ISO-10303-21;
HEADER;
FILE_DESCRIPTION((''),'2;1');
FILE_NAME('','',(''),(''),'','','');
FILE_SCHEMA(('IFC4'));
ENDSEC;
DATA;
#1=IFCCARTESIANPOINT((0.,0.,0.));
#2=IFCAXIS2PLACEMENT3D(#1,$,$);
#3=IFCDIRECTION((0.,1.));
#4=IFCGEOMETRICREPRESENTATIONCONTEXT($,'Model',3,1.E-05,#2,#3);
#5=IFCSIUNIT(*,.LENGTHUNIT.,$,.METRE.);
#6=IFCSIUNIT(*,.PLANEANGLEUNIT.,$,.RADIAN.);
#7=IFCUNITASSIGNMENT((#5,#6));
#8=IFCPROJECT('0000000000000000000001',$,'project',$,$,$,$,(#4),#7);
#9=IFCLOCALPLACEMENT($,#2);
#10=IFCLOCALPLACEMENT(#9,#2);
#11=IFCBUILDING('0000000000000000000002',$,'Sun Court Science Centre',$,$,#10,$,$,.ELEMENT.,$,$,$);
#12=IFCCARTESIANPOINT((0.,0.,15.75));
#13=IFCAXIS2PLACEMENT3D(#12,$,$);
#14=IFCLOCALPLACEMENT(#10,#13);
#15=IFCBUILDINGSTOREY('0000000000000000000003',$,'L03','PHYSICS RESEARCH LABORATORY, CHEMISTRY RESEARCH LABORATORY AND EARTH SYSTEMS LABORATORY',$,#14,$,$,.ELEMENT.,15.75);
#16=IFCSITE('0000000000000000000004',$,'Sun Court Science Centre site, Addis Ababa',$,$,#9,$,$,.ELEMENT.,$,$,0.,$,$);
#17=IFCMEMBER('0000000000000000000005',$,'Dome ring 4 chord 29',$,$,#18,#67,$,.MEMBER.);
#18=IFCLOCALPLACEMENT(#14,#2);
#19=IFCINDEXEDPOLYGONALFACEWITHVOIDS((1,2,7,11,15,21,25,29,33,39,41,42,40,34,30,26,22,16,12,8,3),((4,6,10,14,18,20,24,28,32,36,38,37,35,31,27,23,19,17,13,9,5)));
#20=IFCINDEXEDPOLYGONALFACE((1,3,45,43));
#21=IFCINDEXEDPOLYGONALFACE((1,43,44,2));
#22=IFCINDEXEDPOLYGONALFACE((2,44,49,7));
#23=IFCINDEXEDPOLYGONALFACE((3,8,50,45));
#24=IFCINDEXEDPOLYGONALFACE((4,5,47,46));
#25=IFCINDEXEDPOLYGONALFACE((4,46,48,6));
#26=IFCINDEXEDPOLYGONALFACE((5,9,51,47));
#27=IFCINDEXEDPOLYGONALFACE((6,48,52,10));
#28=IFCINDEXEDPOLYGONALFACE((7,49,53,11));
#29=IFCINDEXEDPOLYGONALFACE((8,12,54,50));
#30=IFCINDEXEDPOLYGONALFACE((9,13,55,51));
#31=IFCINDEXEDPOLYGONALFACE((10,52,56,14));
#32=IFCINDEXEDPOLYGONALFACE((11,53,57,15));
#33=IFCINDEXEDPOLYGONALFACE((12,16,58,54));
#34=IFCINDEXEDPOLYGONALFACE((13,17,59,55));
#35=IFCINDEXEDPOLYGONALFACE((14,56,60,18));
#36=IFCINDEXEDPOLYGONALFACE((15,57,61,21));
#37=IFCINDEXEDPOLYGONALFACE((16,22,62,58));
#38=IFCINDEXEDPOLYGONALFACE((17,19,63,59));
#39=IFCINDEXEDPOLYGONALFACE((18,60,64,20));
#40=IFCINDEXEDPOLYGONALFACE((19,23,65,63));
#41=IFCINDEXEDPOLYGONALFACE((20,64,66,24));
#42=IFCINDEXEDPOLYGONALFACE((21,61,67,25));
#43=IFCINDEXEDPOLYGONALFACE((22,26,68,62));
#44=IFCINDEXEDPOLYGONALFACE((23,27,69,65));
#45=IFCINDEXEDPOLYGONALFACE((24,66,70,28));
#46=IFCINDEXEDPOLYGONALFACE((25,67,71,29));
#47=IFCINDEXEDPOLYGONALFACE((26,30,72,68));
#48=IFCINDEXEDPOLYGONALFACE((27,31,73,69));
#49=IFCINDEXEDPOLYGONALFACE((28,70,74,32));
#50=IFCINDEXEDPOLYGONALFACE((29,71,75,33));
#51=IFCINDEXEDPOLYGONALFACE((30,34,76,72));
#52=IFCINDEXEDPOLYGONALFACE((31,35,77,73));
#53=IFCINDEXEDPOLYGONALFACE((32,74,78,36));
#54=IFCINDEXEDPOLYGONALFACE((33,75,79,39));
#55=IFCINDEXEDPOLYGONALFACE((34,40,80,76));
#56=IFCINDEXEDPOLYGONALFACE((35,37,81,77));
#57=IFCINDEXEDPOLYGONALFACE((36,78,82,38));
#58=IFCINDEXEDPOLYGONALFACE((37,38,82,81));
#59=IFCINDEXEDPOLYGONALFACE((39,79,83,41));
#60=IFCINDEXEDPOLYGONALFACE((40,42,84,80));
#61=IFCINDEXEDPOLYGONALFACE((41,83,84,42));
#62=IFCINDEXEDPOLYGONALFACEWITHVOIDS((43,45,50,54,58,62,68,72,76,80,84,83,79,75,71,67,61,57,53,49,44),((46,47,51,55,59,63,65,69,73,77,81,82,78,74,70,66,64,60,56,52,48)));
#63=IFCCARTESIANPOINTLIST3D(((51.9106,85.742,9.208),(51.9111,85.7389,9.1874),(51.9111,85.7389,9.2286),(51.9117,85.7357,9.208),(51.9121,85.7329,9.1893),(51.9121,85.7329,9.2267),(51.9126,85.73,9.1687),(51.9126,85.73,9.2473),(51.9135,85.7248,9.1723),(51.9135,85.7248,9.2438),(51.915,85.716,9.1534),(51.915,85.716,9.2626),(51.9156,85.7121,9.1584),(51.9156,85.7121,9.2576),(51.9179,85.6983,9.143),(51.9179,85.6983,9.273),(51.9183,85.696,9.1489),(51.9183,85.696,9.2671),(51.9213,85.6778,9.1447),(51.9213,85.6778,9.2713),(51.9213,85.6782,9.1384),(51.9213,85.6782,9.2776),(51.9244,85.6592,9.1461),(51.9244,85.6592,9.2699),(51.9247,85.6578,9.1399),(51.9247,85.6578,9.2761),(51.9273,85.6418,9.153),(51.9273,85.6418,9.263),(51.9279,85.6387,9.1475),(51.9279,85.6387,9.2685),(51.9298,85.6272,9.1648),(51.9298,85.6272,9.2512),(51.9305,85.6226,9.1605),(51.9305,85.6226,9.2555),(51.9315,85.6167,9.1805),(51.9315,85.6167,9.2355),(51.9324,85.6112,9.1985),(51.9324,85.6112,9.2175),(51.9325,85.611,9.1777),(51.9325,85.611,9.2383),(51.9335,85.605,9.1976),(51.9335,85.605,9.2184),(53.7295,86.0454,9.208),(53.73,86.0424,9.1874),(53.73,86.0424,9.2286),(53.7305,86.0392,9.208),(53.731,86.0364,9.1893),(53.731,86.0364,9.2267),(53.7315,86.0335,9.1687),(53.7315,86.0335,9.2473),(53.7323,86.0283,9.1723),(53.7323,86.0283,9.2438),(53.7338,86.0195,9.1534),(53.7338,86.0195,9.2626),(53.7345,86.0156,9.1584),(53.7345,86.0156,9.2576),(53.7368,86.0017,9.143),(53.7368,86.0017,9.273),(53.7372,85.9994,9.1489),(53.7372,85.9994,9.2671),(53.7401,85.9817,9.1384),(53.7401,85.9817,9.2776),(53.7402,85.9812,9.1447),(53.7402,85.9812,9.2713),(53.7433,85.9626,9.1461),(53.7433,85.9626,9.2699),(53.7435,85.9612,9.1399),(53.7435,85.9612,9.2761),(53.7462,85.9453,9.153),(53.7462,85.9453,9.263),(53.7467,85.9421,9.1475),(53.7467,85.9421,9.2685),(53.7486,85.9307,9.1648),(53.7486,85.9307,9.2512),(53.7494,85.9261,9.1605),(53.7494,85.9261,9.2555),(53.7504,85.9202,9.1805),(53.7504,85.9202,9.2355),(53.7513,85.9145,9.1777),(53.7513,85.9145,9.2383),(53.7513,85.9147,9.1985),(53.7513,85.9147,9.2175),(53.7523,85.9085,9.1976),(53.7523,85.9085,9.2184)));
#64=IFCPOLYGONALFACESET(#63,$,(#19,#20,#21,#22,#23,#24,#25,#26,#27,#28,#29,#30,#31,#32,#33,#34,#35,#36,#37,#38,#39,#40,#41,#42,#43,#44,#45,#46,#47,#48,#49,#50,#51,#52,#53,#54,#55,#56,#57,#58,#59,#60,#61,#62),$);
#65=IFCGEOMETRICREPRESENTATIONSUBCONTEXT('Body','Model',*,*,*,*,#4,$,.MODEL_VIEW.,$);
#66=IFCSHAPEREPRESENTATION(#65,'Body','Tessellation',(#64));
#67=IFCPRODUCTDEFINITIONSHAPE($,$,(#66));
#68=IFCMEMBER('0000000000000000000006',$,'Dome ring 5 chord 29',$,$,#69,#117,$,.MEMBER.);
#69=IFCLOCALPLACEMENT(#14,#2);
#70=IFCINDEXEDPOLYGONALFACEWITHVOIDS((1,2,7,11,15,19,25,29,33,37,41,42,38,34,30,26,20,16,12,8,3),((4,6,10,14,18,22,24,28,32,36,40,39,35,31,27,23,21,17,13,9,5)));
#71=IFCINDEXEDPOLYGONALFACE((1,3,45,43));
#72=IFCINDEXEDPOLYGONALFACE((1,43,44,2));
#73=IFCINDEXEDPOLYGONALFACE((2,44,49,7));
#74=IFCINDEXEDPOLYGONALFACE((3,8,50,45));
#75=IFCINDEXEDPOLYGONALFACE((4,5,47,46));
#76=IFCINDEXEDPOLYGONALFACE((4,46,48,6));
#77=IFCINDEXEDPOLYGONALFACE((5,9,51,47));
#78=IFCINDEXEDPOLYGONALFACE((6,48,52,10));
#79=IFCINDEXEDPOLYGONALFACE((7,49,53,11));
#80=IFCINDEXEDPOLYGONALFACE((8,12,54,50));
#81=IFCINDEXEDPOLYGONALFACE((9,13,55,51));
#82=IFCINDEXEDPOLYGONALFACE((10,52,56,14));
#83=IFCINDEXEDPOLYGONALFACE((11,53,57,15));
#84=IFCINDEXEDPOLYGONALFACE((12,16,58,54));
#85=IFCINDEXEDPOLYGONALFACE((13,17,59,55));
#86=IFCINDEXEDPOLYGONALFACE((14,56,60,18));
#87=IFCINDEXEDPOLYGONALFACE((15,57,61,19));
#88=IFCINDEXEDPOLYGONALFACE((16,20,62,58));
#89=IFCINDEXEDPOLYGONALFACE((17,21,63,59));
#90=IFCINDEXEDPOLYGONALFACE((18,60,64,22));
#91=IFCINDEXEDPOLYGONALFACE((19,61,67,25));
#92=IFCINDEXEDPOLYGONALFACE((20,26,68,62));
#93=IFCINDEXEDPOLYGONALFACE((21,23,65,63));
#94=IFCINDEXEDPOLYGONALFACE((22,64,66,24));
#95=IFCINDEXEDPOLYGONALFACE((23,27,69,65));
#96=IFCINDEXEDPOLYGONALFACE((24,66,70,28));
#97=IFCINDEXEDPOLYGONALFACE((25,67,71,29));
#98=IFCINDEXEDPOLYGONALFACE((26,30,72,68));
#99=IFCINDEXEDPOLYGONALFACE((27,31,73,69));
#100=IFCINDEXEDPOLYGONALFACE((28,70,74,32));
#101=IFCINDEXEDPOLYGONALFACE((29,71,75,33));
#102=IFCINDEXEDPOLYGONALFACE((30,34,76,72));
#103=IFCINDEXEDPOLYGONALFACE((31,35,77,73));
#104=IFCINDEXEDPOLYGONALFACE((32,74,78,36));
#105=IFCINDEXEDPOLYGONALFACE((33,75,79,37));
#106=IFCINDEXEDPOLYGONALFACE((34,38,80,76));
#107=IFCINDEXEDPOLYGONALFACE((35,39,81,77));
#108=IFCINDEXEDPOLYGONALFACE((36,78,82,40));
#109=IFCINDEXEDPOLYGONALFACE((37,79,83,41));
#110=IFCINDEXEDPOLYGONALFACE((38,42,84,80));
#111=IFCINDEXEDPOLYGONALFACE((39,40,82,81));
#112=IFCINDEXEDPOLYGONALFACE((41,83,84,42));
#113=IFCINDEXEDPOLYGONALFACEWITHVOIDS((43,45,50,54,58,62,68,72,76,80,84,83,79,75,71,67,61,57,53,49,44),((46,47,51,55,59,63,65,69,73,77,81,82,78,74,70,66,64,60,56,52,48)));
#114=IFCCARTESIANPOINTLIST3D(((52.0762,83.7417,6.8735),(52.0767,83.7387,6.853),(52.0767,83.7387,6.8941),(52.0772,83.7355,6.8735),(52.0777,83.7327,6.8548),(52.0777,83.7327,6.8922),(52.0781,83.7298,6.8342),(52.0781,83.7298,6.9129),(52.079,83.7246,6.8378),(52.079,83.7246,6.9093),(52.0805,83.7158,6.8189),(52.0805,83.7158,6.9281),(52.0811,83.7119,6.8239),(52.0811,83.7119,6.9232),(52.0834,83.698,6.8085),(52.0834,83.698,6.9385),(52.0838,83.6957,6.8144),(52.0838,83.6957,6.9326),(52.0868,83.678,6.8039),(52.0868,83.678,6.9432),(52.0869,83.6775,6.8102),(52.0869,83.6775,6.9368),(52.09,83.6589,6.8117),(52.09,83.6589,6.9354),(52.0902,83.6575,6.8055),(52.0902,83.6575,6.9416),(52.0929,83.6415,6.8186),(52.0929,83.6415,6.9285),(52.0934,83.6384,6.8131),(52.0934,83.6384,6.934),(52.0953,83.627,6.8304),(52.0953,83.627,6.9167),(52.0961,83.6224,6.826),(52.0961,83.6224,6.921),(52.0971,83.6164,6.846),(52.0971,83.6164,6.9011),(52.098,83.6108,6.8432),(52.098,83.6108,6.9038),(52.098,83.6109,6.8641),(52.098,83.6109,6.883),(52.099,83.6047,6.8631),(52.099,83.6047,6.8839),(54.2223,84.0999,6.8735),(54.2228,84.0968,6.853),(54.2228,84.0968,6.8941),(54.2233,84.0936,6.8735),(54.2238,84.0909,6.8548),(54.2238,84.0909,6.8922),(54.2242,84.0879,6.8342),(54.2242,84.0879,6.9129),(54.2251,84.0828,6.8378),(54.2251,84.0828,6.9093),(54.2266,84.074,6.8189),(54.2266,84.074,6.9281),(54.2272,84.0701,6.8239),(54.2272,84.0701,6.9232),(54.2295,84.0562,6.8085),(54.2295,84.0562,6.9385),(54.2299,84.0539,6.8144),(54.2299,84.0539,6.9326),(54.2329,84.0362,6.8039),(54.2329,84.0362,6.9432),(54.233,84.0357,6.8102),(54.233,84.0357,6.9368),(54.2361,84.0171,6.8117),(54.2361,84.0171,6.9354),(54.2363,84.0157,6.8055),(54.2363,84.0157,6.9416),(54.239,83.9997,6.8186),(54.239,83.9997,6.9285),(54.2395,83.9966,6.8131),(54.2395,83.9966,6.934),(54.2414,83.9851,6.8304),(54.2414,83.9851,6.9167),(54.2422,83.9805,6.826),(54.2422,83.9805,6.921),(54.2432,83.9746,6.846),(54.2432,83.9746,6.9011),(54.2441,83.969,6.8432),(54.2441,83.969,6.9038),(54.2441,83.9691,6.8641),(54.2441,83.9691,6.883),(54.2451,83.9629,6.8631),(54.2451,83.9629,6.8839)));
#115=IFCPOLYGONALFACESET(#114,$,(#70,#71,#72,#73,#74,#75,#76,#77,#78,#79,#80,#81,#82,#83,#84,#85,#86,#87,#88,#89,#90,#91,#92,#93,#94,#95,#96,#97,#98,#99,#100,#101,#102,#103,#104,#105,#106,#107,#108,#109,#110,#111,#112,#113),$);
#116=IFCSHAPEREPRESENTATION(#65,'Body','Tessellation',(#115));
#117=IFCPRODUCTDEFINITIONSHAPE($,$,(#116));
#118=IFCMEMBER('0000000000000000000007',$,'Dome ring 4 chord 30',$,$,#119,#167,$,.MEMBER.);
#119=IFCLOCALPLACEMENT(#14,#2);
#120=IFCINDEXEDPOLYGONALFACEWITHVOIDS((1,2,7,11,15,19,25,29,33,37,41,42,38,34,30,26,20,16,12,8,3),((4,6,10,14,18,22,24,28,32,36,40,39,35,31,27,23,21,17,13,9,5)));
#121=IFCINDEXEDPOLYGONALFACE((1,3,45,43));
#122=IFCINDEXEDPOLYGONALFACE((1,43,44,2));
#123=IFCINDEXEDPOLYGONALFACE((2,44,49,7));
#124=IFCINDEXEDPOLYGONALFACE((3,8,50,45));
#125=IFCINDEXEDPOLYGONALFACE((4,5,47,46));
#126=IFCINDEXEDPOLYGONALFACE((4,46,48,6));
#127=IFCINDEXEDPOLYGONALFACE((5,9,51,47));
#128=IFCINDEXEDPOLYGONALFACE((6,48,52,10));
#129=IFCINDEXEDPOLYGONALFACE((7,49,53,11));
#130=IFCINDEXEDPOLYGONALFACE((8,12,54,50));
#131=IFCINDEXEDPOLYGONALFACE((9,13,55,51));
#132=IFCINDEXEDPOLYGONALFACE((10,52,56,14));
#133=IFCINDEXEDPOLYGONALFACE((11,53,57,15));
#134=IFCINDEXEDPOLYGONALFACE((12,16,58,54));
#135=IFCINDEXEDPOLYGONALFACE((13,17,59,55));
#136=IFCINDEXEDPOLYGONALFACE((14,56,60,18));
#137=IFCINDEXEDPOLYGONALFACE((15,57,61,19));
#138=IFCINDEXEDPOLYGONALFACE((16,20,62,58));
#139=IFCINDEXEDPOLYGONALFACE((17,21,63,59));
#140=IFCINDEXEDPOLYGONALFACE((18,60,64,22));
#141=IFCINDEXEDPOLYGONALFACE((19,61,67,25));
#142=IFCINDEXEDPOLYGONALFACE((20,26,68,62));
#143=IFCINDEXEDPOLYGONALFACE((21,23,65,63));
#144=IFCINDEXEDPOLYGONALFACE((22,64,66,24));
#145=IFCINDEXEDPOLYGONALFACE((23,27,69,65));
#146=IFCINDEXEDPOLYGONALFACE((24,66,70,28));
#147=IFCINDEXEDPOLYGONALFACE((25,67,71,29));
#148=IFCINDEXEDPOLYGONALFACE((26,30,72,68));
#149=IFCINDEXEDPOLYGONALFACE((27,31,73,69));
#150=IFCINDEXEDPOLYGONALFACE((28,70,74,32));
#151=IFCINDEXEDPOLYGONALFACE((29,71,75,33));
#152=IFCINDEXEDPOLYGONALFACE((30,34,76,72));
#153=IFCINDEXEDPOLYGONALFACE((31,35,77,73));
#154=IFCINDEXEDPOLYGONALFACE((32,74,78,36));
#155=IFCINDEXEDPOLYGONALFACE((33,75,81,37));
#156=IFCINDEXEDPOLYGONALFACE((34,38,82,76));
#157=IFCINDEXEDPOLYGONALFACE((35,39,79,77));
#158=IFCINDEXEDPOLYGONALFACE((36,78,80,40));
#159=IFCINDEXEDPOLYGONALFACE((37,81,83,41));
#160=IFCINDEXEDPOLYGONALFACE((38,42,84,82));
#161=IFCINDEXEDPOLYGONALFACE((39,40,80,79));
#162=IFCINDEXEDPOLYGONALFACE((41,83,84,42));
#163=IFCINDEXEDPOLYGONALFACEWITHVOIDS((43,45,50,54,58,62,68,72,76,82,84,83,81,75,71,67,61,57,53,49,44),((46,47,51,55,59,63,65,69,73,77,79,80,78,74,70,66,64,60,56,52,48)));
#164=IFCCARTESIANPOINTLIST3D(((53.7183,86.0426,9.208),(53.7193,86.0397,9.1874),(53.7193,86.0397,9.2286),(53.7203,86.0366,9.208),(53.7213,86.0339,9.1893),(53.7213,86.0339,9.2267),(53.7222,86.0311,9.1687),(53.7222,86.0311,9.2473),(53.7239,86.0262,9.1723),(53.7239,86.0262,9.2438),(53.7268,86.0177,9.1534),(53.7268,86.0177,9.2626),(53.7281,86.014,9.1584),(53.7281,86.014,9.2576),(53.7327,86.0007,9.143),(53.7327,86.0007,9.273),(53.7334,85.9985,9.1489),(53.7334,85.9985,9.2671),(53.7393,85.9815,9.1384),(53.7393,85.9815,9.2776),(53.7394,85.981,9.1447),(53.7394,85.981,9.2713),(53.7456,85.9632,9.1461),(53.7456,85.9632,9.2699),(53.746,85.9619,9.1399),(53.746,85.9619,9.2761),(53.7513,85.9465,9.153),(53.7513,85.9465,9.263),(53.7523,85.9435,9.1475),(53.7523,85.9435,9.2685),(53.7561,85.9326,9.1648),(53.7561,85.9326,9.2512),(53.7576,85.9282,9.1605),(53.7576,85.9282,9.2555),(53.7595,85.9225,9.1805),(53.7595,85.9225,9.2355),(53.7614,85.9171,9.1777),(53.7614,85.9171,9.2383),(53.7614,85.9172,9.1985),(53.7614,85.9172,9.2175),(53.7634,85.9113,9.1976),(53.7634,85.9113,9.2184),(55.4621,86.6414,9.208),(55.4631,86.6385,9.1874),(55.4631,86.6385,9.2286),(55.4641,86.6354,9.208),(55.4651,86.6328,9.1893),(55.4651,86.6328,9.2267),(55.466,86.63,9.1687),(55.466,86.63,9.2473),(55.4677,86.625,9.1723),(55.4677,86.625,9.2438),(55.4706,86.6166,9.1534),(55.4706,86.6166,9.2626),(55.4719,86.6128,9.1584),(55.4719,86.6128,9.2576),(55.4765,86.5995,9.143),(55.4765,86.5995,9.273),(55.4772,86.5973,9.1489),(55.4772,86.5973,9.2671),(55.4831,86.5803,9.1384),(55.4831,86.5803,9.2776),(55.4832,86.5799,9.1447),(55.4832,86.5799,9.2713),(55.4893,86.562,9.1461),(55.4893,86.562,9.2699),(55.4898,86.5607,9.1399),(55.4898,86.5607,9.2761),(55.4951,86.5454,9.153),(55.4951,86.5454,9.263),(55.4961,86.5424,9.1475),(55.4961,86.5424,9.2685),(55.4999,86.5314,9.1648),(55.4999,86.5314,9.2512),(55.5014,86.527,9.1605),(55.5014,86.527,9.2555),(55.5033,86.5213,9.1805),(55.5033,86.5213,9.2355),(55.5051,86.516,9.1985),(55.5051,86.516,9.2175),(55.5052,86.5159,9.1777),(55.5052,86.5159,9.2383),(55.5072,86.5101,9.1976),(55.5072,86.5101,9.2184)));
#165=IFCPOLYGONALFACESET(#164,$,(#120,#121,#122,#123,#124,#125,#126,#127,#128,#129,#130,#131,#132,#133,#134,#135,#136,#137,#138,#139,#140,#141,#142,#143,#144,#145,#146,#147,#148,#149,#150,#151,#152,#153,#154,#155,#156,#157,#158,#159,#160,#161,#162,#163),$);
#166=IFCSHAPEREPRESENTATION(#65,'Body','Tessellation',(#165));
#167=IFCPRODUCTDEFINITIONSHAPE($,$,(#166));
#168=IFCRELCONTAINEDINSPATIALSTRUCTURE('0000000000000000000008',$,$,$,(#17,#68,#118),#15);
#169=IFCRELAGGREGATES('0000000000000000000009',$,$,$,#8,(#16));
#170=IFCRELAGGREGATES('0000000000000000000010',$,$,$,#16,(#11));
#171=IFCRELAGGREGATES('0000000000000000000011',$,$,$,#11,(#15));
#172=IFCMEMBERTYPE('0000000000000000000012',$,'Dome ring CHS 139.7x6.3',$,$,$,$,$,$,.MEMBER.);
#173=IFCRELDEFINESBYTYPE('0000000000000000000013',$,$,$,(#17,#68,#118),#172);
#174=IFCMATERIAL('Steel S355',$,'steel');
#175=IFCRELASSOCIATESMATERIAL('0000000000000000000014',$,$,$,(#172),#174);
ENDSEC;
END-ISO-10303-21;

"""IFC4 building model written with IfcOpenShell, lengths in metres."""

from ifc_helpers import new_model, si_unit, direction, frame, origin, origin_2d, place, context, subcontext, project, spatial, hollow_circle, extrude, material, material_profile, profile_set, type_object, element, save


model = new_model("IFC4")

# Units and contexts
model_context = context("Model", 3, precision=1e-05, world=origin(), true_north=direction((0.0, 1.0)))
body_context = subcontext(model_context, "Body", "Model", "MODEL_VIEW")
ifc_project = project(units=[si_unit("LENGTHUNIT", "METRE"), si_unit("PLANEANGLEUNIT", "RADIAN")], contexts=[model_context])

# Site, building, storey
site_placement = place(None, origin())
site = spatial("IfcSite", under=ifc_project, at=site_placement, Name="Sun Court Science Centre site, Addis Ababa", CompositionType="ELEMENT", RefElevation=0.0)
building_placement = place(site_placement, origin())
building = spatial("IfcBuilding", under=site, at=building_placement, Name="Sun Court Science Centre", CompositionType="ELEMENT")
storey_placement = place(building_placement, frame((0.0, 0.0, 15.75)))
storey = spatial("IfcBuildingStorey", under=building, at=storey_placement, Name="L03", Description="PHYSICS RESEARCH LABORATORY, CHEMISTRY RESEARCH LABORATORY AND EARTH SYSTEMS LABORATORY", CompositionType="ELEMENT", Elevation=15.75)

# Members
ifc_material_1 = material(Name="Steel S355", Category="steel")
ifc_material_profile_1 = material_profile(ifc_material_1, hollow_circle(Radius=0.0698, WallThickness=0.0063, at=origin_2d()), Name="CHS 139.7x6.3")
ifc_profile_set_1 = profile_set([ifc_material_profile_1], Name="Steel S355")
member_type_1 = type_object("IfcMemberType", Name="Dome ring CHS 139.7x6.3", PredefinedType="MEMBER", material=ifc_profile_set_1)
member_1_placement = place(storey_placement, frame((51.9221, 85.6731, 9.208), z_axis=(0.986365, 0.164571, 0.0), x_axis=(-0.164571, 0.986365, 0.0)))
element("IfcMember", 1, at=member_1_placement, inside=storey, type_object=member_type_1, Name="Dome ring 4 chord 29", PredefinedType="MEMBER", context=body_context, shape_type="SweptSolid", body=[
    extrude(hollow_circle(Radius=0.0698, WallThickness=0.0063, at=origin_2d()), origin(), (0.0, 0.0, 1.0), 1.844),
])
member_2_placement = place(storey_placement, frame((52.0876, 83.6729, 6.8735), z_axis=(0.986358, 0.164617, 0.0), x_axis=(-0.164617, 0.986358, 0.0)))
element("IfcMember", 2, at=member_2_placement, inside=storey, type_object=member_type_1, Name="Dome ring 5 chord 29", PredefinedType="MEMBER", context=body_context, shape_type="SweptSolid", body=[
    extrude(hollow_circle(Radius=0.0698, WallThickness=0.0063, at=origin_2d()), origin(), (0.0, 0.0, 1.0), 2.1758),
])
member_3_placement = place(storey_placement, frame((53.741, 85.9766, 9.208), z_axis=(0.945785, 0.324795, 0.0), x_axis=(-0.324795, 0.945785, 0.0)))
element("IfcMember", 3, at=member_3_placement, inside=storey, type_object=member_type_1, Name="Dome ring 4 chord 30", PredefinedType="MEMBER", context=body_context, shape_type="SweptSolid", body=[
    extrude(hollow_circle(Radius=0.0698, WallThickness=0.0063, at=origin_2d()), origin(), (0.0, 0.0, 1.0), 1.8438),
])

save(model, "model.ifc")
